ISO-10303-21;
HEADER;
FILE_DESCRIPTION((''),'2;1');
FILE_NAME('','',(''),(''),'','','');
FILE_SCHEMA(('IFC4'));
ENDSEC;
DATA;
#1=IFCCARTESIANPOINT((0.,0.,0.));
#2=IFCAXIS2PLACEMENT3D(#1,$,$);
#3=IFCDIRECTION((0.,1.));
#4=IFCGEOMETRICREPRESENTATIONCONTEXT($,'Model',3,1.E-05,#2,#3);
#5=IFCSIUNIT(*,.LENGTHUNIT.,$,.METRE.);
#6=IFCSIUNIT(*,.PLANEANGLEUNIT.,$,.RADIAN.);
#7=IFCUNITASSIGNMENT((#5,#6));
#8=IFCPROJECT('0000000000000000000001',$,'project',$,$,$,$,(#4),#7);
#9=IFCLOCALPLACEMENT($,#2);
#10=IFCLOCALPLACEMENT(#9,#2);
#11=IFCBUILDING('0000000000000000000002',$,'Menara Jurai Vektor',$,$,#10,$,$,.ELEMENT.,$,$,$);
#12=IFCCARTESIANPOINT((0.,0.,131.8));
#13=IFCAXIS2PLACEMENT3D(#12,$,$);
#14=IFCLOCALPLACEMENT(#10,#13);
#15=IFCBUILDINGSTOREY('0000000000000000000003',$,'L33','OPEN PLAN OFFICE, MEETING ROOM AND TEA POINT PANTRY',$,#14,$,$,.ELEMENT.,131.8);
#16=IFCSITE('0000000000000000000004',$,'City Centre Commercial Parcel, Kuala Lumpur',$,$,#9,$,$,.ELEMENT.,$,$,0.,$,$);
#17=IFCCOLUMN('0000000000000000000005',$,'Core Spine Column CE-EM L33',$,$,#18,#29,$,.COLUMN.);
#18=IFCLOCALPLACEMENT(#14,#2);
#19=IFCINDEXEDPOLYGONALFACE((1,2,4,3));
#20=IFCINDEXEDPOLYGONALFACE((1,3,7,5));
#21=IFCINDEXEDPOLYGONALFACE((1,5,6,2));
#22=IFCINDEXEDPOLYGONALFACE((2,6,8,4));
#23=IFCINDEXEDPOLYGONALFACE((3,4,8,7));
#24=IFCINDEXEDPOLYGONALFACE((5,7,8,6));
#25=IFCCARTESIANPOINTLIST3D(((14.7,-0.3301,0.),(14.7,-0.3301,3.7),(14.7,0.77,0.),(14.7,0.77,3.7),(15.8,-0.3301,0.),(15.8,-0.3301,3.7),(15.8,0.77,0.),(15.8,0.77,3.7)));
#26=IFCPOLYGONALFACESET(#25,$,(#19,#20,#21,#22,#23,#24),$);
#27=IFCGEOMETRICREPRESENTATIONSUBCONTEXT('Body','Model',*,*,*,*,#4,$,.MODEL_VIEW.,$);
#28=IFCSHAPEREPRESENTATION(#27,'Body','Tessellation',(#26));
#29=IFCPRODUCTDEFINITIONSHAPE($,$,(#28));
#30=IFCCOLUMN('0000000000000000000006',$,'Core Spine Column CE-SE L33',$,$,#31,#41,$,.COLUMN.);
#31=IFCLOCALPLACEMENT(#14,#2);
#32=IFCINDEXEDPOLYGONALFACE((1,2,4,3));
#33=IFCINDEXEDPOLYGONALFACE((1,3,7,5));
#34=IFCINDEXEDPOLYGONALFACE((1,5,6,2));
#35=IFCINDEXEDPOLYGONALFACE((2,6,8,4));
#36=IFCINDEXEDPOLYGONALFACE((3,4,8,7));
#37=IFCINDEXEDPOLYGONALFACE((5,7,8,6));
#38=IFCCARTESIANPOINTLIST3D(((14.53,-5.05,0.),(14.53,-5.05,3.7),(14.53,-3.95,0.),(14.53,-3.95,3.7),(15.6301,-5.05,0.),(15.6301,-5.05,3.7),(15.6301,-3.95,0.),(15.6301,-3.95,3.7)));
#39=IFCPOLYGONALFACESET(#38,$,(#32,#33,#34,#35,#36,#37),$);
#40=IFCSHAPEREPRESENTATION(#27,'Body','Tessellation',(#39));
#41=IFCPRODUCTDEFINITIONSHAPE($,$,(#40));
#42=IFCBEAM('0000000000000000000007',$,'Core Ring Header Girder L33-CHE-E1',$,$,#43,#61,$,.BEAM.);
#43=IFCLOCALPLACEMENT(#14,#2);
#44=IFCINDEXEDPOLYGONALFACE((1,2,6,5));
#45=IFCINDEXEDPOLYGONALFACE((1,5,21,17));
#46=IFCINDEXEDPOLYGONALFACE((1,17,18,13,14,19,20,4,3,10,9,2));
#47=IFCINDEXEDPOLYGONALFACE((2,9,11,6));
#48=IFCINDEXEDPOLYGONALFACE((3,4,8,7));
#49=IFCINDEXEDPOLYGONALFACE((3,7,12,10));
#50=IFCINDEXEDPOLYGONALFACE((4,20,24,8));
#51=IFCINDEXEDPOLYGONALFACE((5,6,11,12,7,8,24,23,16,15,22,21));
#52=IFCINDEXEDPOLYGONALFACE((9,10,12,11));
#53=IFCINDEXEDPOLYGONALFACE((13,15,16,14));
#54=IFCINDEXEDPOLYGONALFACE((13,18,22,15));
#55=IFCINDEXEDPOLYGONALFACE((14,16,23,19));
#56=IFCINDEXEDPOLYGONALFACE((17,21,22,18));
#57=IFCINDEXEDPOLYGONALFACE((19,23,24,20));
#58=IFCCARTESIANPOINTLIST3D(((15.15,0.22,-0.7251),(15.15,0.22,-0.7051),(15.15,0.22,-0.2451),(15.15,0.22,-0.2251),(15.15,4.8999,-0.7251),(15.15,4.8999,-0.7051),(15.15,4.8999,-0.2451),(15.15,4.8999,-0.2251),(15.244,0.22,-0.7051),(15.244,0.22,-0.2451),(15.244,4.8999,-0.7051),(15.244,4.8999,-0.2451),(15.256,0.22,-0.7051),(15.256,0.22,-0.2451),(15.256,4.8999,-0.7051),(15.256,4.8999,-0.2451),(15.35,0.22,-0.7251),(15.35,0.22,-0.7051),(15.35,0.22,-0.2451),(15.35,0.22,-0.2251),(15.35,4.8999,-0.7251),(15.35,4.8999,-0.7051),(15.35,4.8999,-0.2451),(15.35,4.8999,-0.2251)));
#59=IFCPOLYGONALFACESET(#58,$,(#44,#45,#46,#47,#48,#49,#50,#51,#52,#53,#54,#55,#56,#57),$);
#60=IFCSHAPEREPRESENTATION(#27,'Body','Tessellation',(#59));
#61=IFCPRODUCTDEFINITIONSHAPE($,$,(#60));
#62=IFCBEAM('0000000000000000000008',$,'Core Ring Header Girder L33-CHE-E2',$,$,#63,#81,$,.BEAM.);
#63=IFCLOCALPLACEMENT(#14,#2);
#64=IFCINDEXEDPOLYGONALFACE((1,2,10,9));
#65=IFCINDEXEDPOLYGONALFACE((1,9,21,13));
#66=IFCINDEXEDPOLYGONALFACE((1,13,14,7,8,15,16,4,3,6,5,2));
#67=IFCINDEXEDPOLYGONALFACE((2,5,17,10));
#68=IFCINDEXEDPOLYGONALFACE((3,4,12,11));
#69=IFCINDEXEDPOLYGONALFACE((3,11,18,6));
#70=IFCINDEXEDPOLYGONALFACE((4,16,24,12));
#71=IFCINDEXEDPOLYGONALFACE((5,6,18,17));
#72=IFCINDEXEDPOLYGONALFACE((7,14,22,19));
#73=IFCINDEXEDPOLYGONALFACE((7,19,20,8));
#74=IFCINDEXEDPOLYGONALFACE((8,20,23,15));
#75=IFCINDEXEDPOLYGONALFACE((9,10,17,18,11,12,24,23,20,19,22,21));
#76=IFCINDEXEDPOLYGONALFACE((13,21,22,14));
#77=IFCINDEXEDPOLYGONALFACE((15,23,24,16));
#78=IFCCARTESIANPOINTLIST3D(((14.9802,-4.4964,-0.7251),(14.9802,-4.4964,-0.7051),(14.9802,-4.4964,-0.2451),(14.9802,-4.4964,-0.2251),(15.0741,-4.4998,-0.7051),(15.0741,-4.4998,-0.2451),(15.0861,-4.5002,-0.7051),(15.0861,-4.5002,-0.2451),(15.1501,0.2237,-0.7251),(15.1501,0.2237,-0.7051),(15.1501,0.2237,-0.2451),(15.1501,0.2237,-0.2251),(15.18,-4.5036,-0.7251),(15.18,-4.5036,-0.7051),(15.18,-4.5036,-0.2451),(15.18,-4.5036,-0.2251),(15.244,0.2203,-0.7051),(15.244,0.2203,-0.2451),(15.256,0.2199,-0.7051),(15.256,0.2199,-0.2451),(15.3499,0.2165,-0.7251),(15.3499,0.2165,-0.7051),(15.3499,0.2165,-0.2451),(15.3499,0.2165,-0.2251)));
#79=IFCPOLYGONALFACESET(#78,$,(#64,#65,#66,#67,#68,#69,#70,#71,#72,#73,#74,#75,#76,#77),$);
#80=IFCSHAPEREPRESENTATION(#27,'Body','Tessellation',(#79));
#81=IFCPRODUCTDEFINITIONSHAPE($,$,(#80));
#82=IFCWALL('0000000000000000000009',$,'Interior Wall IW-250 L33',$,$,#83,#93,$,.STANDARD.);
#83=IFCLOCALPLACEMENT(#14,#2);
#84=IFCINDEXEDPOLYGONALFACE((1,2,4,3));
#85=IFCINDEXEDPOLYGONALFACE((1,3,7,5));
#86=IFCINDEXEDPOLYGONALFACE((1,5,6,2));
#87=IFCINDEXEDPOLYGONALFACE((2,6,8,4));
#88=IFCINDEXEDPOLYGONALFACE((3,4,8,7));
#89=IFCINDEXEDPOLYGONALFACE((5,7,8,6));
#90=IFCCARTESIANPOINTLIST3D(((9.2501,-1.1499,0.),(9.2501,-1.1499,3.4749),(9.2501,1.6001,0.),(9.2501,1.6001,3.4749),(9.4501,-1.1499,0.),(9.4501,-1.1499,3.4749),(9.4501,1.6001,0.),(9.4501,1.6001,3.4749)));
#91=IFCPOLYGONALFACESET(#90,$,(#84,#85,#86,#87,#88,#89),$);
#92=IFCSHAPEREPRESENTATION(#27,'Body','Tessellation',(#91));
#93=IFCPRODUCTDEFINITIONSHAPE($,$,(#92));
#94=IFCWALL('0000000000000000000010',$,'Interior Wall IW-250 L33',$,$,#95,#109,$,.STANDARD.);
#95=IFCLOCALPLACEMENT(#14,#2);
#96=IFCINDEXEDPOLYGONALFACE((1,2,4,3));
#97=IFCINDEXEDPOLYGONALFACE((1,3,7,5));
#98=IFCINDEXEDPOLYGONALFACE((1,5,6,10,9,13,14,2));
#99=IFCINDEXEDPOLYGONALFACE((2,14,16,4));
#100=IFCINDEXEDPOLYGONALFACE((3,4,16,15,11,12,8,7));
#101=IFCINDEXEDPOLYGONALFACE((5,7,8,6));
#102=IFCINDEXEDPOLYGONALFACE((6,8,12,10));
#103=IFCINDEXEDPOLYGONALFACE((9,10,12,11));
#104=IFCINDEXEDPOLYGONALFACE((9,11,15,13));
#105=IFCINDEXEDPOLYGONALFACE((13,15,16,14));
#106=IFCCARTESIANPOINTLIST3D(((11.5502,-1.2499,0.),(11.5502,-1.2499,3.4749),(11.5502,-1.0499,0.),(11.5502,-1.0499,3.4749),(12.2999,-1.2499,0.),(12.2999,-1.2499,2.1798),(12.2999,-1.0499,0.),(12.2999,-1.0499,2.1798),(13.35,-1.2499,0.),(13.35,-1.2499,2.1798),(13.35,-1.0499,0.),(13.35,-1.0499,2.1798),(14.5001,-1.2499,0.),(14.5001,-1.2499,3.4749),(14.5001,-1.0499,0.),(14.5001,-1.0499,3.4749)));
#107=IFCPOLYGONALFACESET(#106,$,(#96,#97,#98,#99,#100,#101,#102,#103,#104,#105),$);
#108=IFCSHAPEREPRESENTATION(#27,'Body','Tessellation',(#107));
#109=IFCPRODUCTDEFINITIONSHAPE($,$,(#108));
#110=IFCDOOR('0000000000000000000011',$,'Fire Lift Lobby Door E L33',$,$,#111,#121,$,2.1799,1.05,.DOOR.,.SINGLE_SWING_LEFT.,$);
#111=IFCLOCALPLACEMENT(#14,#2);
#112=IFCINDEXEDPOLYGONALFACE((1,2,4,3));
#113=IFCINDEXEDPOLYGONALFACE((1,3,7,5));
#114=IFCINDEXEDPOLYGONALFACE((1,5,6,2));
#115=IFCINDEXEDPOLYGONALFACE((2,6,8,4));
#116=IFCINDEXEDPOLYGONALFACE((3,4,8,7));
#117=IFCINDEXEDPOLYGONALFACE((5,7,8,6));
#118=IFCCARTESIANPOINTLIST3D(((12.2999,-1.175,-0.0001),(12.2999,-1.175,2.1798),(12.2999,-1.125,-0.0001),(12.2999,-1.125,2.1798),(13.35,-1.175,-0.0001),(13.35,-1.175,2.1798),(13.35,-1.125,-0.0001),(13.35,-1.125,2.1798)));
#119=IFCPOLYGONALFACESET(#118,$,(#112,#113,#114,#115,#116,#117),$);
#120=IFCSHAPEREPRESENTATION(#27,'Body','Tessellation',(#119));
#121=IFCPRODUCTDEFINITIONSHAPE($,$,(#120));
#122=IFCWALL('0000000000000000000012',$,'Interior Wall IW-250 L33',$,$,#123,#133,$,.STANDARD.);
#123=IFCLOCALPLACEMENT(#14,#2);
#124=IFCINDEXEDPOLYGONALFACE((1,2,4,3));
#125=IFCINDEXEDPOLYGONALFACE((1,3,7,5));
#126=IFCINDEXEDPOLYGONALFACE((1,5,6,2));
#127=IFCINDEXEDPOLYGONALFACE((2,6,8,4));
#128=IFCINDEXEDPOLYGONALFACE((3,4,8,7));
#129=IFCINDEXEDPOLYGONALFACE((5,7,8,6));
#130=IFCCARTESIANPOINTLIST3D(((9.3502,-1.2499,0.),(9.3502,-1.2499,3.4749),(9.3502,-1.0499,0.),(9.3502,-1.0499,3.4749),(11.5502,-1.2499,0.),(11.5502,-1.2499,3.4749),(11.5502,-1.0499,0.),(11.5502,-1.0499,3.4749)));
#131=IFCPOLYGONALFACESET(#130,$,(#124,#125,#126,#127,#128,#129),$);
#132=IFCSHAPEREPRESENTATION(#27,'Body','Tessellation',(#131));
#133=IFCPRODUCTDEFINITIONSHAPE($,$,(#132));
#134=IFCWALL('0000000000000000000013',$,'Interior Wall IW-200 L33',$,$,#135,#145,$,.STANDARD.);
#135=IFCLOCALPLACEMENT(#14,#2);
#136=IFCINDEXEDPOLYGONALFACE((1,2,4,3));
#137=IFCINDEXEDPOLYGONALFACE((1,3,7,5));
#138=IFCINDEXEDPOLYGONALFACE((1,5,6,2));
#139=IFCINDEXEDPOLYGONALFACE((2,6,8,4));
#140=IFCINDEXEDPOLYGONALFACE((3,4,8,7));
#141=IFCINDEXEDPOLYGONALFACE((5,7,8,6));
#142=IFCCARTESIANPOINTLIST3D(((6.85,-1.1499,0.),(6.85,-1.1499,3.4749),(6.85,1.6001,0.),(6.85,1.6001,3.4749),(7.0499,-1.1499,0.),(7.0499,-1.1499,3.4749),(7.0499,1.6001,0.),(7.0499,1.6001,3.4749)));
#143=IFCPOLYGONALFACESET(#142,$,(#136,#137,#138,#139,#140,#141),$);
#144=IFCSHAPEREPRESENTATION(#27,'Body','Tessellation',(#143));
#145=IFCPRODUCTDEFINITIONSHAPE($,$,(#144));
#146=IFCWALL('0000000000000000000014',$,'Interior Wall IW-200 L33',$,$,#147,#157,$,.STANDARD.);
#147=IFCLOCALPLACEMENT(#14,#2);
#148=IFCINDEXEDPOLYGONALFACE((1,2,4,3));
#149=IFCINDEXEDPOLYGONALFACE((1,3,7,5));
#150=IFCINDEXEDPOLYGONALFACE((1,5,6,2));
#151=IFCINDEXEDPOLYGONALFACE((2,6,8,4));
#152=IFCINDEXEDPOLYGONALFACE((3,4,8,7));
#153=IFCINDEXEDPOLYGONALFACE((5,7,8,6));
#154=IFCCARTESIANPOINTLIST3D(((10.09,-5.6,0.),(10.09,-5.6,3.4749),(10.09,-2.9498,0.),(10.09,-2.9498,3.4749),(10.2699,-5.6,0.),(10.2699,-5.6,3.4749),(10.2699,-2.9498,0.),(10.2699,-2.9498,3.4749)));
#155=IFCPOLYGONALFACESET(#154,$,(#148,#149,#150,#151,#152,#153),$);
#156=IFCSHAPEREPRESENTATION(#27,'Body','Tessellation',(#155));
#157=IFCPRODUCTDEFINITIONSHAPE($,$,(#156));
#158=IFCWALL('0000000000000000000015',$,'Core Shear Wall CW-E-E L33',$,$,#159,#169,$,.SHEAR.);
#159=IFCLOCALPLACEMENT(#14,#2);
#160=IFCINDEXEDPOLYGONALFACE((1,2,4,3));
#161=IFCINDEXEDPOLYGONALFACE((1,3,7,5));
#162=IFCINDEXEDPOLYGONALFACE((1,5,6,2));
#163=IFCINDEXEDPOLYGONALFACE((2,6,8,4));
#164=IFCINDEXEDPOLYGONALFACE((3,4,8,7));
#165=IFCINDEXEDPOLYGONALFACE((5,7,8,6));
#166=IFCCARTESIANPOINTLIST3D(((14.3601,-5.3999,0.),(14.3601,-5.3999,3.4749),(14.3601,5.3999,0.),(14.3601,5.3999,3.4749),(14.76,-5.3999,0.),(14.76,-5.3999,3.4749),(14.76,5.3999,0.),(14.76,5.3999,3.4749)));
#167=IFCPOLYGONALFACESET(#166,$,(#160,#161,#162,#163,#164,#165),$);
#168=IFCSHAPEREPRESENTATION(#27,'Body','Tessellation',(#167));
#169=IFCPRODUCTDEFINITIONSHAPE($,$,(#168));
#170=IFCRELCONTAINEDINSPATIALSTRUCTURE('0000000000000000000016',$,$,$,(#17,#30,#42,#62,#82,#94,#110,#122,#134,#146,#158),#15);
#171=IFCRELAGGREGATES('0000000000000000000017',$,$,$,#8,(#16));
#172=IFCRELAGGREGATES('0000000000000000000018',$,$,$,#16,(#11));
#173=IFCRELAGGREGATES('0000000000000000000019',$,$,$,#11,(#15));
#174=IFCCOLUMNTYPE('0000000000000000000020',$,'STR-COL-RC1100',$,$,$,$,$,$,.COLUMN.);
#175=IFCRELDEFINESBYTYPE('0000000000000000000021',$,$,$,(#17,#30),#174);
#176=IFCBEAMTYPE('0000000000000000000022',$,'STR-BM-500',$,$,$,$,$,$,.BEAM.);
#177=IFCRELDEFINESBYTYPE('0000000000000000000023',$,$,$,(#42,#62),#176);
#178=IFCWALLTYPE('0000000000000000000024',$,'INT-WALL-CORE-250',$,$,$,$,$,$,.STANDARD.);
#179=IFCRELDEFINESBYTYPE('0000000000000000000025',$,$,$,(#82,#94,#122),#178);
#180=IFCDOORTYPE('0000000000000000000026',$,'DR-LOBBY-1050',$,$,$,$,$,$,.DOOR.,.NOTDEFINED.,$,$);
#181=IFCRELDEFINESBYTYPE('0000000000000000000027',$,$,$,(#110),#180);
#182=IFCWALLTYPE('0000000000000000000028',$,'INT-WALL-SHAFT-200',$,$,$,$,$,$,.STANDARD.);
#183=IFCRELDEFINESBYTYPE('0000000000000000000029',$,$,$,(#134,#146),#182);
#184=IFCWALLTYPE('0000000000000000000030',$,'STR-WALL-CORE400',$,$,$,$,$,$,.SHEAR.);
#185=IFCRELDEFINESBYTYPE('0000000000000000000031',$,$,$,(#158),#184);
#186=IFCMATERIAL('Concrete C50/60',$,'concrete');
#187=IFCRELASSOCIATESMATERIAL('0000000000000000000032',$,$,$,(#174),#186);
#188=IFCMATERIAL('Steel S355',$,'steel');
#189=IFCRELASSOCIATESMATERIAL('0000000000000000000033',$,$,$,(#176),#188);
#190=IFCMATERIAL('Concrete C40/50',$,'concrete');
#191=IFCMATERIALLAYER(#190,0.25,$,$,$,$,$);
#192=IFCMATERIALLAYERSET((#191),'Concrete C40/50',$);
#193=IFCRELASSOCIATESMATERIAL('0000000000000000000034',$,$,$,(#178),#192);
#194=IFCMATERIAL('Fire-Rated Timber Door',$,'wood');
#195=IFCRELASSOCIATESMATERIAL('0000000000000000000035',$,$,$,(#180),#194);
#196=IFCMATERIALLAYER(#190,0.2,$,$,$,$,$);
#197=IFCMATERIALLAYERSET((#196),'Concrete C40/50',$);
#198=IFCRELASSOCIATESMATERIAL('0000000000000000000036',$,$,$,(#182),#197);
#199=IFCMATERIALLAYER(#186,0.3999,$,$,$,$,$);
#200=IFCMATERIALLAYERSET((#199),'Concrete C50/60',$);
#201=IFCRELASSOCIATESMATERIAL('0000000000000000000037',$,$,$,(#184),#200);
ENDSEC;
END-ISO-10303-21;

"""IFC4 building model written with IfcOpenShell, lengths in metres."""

from ifc_helpers import new_model, si_unit, direction, frame, frame_2d, origin, origin_2d, place, context, subcontext, project, spatial, rectangle, i_section, extrude, material, layer, layer_set, material_profile, profile_set, type_object, element, fill, save


model = new_model("IFC4")

# Units and contexts
model_context = context("Model", 3, precision=1e-05, world=origin(), true_north=direction((0.0, 1.0)))
body_context = subcontext(model_context, "Body", "Model", "MODEL_VIEW")
ifc_project = project(units=[si_unit("LENGTHUNIT", "METRE"), si_unit("PLANEANGLEUNIT", "RADIAN")], contexts=[model_context])

# Site, building, storey
site_placement = place(None, origin())
site = spatial("IfcSite", under=ifc_project, at=site_placement, Name="City Centre Commercial Parcel, Kuala Lumpur", CompositionType="ELEMENT", RefElevation=0.0)
building_placement = place(site_placement, origin())
building = spatial("IfcBuilding", under=site, at=building_placement, Name="Menara Jurai Vektor", CompositionType="ELEMENT")
storey_placement = place(building_placement, frame((0.0, 0.0, 131.8)))
storey = spatial("IfcBuildingStorey", under=building, at=storey_placement, Name="L33", Description="OPEN PLAN OFFICE, MEETING ROOM AND TEA POINT PANTRY", CompositionType="ELEMENT", Elevation=131.8)

# Columns
ifc_material_1 = material(Name="Concrete C50/60", Category="concrete")
ifc_material_profile_1 = material_profile(ifc_material_1, rectangle(XDim=1.1001, YDim=1.1001, at=origin_2d()), Name="RC 1100x1100")
ifc_profile_set_1 = profile_set([ifc_material_profile_1], Name="Concrete C50/60")
column_type = type_object("IfcColumnType", Name="STR-COL-RC1100", PredefinedType="COLUMN", material=ifc_profile_set_1)
for number, where, z_axis, x_axis, name in (
    (1, (15.25, 0.22, 0.0), (0.0, 0.0, 1.0), (1.0, 0.0, 0.0), "Core Spine Column CE-EM L33"),
    (2, (15.0801, -4.5, 0.0), (0.0, 0.0, 1.0), (1.0, 0.0, 0.0), "Core Spine Column CE-SE L33"),
):
    element("IfcColumn", number, at=place(storey_placement, frame(where, z_axis=z_axis, x_axis=x_axis)), inside=storey, type_object=column_type, Name=name, PredefinedType="COLUMN", context=body_context, shape_type="SweptSolid", body=[
        extrude(rectangle(XDim=1.1001, YDim=1.1001, at=origin_2d()), origin(), (0.0, 0.0, 1.0), 3.7),
    ])

# Beams
ifc_material_2 = material(Name="Steel S355", Category="steel")
ifc_material_profile_2 = material_profile(ifc_material_2, i_section(OverallWidth=0.2, OverallDepth=0.5, WebThickness=0.012, FlangeThickness=0.02, at=origin_2d()), Name="PG 500x200x96")
ifc_profile_set_2 = profile_set([ifc_material_profile_2], Name="Steel S355")
beam_type = type_object("IfcBeamType", Name="STR-BM-500", PredefinedType="BEAM", material=ifc_profile_set_2)
beam_1_placement = place(storey_placement, frame((15.25, 0.22, -0.4751), z_axis=(0.0, 1.0, 0.0), x_axis=(-1.0, 0.0, 0.0)))
element("IfcBeam", 3, at=beam_1_placement, inside=storey, type_object=beam_type, Name="Core Ring Header Girder L33-CHE-E1", PredefinedType="BEAM", context=body_context, shape_type="SweptSolid", body=[
    extrude(i_section(OverallWidth=0.2, OverallDepth=0.5, WebThickness=0.012, FlangeThickness=0.02, at=origin_2d()), origin(), (0.0, 0.0, 1.0), 4.6799),
])
beam_2_placement = place(storey_placement, frame((15.0801, -4.5, -0.4751), z_axis=(0.035977, 0.999353, 0.0), x_axis=(-0.999353, 0.035977, 0.0)))
element("IfcBeam", 4, at=beam_2_placement, inside=storey, type_object=beam_type, Name="Core Ring Header Girder L33-CHE-E2", PredefinedType="BEAM", context=body_context, shape_type="SweptSolid", body=[
    extrude(i_section(OverallWidth=0.2, OverallDepth=0.5, WebThickness=0.012, FlangeThickness=0.02, at=origin_2d()), origin(), (0.0, 0.0, 1.0), 4.7231),
])

# Shared definitions
ifc_material_3 = material(Name="Concrete C40/50", Category="concrete")
ifc_layer_1 = layer(ifc_material_3, 0.25)
ifc_layer_set_1 = layer_set([ifc_layer_1], Name="Concrete C40/50")
wall_type_1 = type_object("IfcWallType", Name="INT-WALL-CORE-250", PredefinedType="STANDARD", material=ifc_layer_set_1)

# Wall
wall_1_placement = place(storey_placement, frame((9.3501, -1.1499, 0.0), z_axis=(0.0, 0.0, 1.0), x_axis=(0.0, 1.0, 0.0)))
element("IfcWall", 5, at=wall_1_placement, inside=storey, type_object=wall_type_1, Name="Interior Wall IW-250 L33", PredefinedType="STANDARD", context=body_context, shape_type="SweptSolid", body=[
    extrude(rectangle(XDim=2.75, YDim=0.2, at=frame_2d((1.375, 0.0))), origin(), (0.0, 0.0, 1.0), 3.4749),
])

# Wall, opening, door
wall_2_placement = place(storey_placement, frame((11.55, -1.1499, 0.0), z_axis=(0.0, 0.0, 1.0), x_axis=(1.0, 0.0, 0.0)))
wall_2 = element("IfcWall", 6, at=wall_2_placement, inside=storey, type_object=wall_type_1, Name="Interior Wall IW-250 L33", PredefinedType="STANDARD", context=body_context, shape_type="SweptSolid", body=[
    extrude(rectangle(XDim=2.95, YDim=0.2, at=frame_2d((1.4751, 0.0))), origin(), (0.0, 0.0, 1.0), 3.4749),
])
opening_1_placement = place(wall_2_placement, frame((0.75, 0.0, 0.0)))
opening_1 = element("IfcOpeningElement", 7, at=opening_1_placement, cuts=wall_2, PredefinedType="OPENING", context=body_context, shape_type="SweptSolid", body=[
    extrude(rectangle(XDim=1.05, YDim=2.1799, at=frame_2d((0.5249, 1.0898))), frame((0.0, 0.1099, 0.0), z_axis=(0.0, -1.0, 0.0), x_axis=(1.0, 0.0, 0.0)), (0.0, 0.0, 1.0), 0.22),
])
ifc_material_4 = material(Name="Fire-Rated Timber Door", Category="wood")
door_type_1 = type_object("IfcDoorType", Name="DR-LOBBY-1050", OperationType="NOTDEFINED", PredefinedType="DOOR", material=ifc_material_4)
door_1_placement = place(opening_1_placement, origin())
door_1 = element("IfcDoor", 8, at=door_1_placement, inside=storey, type_object=door_type_1, Name="Fire Lift Lobby Door E L33", OperationType="SINGLE_SWING_LEFT", OverallHeight=2.1799, OverallWidth=1.05, PredefinedType="DOOR", context=body_context, shape_type="SweptSolid", body=[
    extrude(rectangle(XDim=1.05, YDim=2.1799, at=frame_2d((0.5249, 1.0898))), frame((0.0, 0.0249, 0.0), z_axis=(0.0, -1.0, 0.0), x_axis=(1.0, 0.0, 0.0)), (0.0, 0.0, 1.0), 0.05),
])
fill(opening_1, door_1)

# Walls
wall_3_placement = place(storey_placement, frame((9.3501, -1.1499, 0.0), z_axis=(0.0, 0.0, 1.0), x_axis=(1.0, 0.0, 0.0)))
element("IfcWall", 9, at=wall_3_placement, inside=storey, type_object=wall_type_1, Name="Interior Wall IW-250 L33", PredefinedType="STANDARD", context=body_context, shape_type="SweptSolid", body=[
    extrude(rectangle(XDim=2.2, YDim=0.2, at=frame_2d((1.1001, 0.0))), origin(), (0.0, 0.0, 1.0), 3.4749),
])
ifc_layer_2 = layer(ifc_material_3, 0.2)
ifc_layer_set_2 = layer_set([ifc_layer_2], Name="Concrete C40/50")
wall_type_2 = type_object("IfcWallType", Name="INT-WALL-SHAFT-200", PredefinedType="STANDARD", material=ifc_layer_set_2)
wall_4_placement = place(storey_placement, frame((6.95, -1.1499, 0.0), z_axis=(0.0, 0.0, 1.0), x_axis=(0.0, 1.0, 0.0)))
element("IfcWall", 10, at=wall_4_placement, inside=storey, type_object=wall_type_2, Name="Interior Wall IW-200 L33", PredefinedType="STANDARD", context=body_context, shape_type="SweptSolid", body=[
    extrude(rectangle(XDim=2.75, YDim=0.2, at=frame_2d((1.375, 0.0))), origin(), (0.0, 0.0, 1.0), 3.4749),
])

# Walls
wall_5_placement = place(storey_placement, frame((10.1799, -5.6001, 0.0), z_axis=(0.0, 0.0, 1.0), x_axis=(0.0, 1.0, 0.0)))
element("IfcWall", 11, at=wall_5_placement, inside=storey, type_object=wall_type_2, Name="Interior Wall IW-200 L33", PredefinedType="STANDARD", context=body_context, shape_type="SweptSolid", body=[
    extrude(rectangle(XDim=2.6501, YDim=0.1799, at=frame_2d((1.3252, 0.0))), origin(), (0.0, 0.0, 1.0), 3.4749),
])
ifc_layer_3 = layer(ifc_material_1, 0.3999)
ifc_layer_set_3 = layer_set([ifc_layer_3], Name="Concrete C50/60")
wall_type_3 = type_object("IfcWallType", Name="STR-WALL-CORE400", PredefinedType="SHEAR", material=ifc_layer_set_3)
wall_6_placement = place(storey_placement, frame((14.5601, -5.3999, 0.0), z_axis=(0.0, 0.0, 1.0), x_axis=(0.0, 1.0, 0.0)))
element("IfcWall", 12, at=wall_6_placement, inside=storey, type_object=wall_type_3, Name="Core Shear Wall CW-E-E L33", PredefinedType="SHEAR", context=body_context, shape_type="SweptSolid", body=[
    extrude(rectangle(XDim=10.7998, YDim=0.3999, at=frame_2d((5.3999, 0.0))), origin(), (0.0, 0.0, 1.0), 3.4749),
])

save(model, "model.ifc")
